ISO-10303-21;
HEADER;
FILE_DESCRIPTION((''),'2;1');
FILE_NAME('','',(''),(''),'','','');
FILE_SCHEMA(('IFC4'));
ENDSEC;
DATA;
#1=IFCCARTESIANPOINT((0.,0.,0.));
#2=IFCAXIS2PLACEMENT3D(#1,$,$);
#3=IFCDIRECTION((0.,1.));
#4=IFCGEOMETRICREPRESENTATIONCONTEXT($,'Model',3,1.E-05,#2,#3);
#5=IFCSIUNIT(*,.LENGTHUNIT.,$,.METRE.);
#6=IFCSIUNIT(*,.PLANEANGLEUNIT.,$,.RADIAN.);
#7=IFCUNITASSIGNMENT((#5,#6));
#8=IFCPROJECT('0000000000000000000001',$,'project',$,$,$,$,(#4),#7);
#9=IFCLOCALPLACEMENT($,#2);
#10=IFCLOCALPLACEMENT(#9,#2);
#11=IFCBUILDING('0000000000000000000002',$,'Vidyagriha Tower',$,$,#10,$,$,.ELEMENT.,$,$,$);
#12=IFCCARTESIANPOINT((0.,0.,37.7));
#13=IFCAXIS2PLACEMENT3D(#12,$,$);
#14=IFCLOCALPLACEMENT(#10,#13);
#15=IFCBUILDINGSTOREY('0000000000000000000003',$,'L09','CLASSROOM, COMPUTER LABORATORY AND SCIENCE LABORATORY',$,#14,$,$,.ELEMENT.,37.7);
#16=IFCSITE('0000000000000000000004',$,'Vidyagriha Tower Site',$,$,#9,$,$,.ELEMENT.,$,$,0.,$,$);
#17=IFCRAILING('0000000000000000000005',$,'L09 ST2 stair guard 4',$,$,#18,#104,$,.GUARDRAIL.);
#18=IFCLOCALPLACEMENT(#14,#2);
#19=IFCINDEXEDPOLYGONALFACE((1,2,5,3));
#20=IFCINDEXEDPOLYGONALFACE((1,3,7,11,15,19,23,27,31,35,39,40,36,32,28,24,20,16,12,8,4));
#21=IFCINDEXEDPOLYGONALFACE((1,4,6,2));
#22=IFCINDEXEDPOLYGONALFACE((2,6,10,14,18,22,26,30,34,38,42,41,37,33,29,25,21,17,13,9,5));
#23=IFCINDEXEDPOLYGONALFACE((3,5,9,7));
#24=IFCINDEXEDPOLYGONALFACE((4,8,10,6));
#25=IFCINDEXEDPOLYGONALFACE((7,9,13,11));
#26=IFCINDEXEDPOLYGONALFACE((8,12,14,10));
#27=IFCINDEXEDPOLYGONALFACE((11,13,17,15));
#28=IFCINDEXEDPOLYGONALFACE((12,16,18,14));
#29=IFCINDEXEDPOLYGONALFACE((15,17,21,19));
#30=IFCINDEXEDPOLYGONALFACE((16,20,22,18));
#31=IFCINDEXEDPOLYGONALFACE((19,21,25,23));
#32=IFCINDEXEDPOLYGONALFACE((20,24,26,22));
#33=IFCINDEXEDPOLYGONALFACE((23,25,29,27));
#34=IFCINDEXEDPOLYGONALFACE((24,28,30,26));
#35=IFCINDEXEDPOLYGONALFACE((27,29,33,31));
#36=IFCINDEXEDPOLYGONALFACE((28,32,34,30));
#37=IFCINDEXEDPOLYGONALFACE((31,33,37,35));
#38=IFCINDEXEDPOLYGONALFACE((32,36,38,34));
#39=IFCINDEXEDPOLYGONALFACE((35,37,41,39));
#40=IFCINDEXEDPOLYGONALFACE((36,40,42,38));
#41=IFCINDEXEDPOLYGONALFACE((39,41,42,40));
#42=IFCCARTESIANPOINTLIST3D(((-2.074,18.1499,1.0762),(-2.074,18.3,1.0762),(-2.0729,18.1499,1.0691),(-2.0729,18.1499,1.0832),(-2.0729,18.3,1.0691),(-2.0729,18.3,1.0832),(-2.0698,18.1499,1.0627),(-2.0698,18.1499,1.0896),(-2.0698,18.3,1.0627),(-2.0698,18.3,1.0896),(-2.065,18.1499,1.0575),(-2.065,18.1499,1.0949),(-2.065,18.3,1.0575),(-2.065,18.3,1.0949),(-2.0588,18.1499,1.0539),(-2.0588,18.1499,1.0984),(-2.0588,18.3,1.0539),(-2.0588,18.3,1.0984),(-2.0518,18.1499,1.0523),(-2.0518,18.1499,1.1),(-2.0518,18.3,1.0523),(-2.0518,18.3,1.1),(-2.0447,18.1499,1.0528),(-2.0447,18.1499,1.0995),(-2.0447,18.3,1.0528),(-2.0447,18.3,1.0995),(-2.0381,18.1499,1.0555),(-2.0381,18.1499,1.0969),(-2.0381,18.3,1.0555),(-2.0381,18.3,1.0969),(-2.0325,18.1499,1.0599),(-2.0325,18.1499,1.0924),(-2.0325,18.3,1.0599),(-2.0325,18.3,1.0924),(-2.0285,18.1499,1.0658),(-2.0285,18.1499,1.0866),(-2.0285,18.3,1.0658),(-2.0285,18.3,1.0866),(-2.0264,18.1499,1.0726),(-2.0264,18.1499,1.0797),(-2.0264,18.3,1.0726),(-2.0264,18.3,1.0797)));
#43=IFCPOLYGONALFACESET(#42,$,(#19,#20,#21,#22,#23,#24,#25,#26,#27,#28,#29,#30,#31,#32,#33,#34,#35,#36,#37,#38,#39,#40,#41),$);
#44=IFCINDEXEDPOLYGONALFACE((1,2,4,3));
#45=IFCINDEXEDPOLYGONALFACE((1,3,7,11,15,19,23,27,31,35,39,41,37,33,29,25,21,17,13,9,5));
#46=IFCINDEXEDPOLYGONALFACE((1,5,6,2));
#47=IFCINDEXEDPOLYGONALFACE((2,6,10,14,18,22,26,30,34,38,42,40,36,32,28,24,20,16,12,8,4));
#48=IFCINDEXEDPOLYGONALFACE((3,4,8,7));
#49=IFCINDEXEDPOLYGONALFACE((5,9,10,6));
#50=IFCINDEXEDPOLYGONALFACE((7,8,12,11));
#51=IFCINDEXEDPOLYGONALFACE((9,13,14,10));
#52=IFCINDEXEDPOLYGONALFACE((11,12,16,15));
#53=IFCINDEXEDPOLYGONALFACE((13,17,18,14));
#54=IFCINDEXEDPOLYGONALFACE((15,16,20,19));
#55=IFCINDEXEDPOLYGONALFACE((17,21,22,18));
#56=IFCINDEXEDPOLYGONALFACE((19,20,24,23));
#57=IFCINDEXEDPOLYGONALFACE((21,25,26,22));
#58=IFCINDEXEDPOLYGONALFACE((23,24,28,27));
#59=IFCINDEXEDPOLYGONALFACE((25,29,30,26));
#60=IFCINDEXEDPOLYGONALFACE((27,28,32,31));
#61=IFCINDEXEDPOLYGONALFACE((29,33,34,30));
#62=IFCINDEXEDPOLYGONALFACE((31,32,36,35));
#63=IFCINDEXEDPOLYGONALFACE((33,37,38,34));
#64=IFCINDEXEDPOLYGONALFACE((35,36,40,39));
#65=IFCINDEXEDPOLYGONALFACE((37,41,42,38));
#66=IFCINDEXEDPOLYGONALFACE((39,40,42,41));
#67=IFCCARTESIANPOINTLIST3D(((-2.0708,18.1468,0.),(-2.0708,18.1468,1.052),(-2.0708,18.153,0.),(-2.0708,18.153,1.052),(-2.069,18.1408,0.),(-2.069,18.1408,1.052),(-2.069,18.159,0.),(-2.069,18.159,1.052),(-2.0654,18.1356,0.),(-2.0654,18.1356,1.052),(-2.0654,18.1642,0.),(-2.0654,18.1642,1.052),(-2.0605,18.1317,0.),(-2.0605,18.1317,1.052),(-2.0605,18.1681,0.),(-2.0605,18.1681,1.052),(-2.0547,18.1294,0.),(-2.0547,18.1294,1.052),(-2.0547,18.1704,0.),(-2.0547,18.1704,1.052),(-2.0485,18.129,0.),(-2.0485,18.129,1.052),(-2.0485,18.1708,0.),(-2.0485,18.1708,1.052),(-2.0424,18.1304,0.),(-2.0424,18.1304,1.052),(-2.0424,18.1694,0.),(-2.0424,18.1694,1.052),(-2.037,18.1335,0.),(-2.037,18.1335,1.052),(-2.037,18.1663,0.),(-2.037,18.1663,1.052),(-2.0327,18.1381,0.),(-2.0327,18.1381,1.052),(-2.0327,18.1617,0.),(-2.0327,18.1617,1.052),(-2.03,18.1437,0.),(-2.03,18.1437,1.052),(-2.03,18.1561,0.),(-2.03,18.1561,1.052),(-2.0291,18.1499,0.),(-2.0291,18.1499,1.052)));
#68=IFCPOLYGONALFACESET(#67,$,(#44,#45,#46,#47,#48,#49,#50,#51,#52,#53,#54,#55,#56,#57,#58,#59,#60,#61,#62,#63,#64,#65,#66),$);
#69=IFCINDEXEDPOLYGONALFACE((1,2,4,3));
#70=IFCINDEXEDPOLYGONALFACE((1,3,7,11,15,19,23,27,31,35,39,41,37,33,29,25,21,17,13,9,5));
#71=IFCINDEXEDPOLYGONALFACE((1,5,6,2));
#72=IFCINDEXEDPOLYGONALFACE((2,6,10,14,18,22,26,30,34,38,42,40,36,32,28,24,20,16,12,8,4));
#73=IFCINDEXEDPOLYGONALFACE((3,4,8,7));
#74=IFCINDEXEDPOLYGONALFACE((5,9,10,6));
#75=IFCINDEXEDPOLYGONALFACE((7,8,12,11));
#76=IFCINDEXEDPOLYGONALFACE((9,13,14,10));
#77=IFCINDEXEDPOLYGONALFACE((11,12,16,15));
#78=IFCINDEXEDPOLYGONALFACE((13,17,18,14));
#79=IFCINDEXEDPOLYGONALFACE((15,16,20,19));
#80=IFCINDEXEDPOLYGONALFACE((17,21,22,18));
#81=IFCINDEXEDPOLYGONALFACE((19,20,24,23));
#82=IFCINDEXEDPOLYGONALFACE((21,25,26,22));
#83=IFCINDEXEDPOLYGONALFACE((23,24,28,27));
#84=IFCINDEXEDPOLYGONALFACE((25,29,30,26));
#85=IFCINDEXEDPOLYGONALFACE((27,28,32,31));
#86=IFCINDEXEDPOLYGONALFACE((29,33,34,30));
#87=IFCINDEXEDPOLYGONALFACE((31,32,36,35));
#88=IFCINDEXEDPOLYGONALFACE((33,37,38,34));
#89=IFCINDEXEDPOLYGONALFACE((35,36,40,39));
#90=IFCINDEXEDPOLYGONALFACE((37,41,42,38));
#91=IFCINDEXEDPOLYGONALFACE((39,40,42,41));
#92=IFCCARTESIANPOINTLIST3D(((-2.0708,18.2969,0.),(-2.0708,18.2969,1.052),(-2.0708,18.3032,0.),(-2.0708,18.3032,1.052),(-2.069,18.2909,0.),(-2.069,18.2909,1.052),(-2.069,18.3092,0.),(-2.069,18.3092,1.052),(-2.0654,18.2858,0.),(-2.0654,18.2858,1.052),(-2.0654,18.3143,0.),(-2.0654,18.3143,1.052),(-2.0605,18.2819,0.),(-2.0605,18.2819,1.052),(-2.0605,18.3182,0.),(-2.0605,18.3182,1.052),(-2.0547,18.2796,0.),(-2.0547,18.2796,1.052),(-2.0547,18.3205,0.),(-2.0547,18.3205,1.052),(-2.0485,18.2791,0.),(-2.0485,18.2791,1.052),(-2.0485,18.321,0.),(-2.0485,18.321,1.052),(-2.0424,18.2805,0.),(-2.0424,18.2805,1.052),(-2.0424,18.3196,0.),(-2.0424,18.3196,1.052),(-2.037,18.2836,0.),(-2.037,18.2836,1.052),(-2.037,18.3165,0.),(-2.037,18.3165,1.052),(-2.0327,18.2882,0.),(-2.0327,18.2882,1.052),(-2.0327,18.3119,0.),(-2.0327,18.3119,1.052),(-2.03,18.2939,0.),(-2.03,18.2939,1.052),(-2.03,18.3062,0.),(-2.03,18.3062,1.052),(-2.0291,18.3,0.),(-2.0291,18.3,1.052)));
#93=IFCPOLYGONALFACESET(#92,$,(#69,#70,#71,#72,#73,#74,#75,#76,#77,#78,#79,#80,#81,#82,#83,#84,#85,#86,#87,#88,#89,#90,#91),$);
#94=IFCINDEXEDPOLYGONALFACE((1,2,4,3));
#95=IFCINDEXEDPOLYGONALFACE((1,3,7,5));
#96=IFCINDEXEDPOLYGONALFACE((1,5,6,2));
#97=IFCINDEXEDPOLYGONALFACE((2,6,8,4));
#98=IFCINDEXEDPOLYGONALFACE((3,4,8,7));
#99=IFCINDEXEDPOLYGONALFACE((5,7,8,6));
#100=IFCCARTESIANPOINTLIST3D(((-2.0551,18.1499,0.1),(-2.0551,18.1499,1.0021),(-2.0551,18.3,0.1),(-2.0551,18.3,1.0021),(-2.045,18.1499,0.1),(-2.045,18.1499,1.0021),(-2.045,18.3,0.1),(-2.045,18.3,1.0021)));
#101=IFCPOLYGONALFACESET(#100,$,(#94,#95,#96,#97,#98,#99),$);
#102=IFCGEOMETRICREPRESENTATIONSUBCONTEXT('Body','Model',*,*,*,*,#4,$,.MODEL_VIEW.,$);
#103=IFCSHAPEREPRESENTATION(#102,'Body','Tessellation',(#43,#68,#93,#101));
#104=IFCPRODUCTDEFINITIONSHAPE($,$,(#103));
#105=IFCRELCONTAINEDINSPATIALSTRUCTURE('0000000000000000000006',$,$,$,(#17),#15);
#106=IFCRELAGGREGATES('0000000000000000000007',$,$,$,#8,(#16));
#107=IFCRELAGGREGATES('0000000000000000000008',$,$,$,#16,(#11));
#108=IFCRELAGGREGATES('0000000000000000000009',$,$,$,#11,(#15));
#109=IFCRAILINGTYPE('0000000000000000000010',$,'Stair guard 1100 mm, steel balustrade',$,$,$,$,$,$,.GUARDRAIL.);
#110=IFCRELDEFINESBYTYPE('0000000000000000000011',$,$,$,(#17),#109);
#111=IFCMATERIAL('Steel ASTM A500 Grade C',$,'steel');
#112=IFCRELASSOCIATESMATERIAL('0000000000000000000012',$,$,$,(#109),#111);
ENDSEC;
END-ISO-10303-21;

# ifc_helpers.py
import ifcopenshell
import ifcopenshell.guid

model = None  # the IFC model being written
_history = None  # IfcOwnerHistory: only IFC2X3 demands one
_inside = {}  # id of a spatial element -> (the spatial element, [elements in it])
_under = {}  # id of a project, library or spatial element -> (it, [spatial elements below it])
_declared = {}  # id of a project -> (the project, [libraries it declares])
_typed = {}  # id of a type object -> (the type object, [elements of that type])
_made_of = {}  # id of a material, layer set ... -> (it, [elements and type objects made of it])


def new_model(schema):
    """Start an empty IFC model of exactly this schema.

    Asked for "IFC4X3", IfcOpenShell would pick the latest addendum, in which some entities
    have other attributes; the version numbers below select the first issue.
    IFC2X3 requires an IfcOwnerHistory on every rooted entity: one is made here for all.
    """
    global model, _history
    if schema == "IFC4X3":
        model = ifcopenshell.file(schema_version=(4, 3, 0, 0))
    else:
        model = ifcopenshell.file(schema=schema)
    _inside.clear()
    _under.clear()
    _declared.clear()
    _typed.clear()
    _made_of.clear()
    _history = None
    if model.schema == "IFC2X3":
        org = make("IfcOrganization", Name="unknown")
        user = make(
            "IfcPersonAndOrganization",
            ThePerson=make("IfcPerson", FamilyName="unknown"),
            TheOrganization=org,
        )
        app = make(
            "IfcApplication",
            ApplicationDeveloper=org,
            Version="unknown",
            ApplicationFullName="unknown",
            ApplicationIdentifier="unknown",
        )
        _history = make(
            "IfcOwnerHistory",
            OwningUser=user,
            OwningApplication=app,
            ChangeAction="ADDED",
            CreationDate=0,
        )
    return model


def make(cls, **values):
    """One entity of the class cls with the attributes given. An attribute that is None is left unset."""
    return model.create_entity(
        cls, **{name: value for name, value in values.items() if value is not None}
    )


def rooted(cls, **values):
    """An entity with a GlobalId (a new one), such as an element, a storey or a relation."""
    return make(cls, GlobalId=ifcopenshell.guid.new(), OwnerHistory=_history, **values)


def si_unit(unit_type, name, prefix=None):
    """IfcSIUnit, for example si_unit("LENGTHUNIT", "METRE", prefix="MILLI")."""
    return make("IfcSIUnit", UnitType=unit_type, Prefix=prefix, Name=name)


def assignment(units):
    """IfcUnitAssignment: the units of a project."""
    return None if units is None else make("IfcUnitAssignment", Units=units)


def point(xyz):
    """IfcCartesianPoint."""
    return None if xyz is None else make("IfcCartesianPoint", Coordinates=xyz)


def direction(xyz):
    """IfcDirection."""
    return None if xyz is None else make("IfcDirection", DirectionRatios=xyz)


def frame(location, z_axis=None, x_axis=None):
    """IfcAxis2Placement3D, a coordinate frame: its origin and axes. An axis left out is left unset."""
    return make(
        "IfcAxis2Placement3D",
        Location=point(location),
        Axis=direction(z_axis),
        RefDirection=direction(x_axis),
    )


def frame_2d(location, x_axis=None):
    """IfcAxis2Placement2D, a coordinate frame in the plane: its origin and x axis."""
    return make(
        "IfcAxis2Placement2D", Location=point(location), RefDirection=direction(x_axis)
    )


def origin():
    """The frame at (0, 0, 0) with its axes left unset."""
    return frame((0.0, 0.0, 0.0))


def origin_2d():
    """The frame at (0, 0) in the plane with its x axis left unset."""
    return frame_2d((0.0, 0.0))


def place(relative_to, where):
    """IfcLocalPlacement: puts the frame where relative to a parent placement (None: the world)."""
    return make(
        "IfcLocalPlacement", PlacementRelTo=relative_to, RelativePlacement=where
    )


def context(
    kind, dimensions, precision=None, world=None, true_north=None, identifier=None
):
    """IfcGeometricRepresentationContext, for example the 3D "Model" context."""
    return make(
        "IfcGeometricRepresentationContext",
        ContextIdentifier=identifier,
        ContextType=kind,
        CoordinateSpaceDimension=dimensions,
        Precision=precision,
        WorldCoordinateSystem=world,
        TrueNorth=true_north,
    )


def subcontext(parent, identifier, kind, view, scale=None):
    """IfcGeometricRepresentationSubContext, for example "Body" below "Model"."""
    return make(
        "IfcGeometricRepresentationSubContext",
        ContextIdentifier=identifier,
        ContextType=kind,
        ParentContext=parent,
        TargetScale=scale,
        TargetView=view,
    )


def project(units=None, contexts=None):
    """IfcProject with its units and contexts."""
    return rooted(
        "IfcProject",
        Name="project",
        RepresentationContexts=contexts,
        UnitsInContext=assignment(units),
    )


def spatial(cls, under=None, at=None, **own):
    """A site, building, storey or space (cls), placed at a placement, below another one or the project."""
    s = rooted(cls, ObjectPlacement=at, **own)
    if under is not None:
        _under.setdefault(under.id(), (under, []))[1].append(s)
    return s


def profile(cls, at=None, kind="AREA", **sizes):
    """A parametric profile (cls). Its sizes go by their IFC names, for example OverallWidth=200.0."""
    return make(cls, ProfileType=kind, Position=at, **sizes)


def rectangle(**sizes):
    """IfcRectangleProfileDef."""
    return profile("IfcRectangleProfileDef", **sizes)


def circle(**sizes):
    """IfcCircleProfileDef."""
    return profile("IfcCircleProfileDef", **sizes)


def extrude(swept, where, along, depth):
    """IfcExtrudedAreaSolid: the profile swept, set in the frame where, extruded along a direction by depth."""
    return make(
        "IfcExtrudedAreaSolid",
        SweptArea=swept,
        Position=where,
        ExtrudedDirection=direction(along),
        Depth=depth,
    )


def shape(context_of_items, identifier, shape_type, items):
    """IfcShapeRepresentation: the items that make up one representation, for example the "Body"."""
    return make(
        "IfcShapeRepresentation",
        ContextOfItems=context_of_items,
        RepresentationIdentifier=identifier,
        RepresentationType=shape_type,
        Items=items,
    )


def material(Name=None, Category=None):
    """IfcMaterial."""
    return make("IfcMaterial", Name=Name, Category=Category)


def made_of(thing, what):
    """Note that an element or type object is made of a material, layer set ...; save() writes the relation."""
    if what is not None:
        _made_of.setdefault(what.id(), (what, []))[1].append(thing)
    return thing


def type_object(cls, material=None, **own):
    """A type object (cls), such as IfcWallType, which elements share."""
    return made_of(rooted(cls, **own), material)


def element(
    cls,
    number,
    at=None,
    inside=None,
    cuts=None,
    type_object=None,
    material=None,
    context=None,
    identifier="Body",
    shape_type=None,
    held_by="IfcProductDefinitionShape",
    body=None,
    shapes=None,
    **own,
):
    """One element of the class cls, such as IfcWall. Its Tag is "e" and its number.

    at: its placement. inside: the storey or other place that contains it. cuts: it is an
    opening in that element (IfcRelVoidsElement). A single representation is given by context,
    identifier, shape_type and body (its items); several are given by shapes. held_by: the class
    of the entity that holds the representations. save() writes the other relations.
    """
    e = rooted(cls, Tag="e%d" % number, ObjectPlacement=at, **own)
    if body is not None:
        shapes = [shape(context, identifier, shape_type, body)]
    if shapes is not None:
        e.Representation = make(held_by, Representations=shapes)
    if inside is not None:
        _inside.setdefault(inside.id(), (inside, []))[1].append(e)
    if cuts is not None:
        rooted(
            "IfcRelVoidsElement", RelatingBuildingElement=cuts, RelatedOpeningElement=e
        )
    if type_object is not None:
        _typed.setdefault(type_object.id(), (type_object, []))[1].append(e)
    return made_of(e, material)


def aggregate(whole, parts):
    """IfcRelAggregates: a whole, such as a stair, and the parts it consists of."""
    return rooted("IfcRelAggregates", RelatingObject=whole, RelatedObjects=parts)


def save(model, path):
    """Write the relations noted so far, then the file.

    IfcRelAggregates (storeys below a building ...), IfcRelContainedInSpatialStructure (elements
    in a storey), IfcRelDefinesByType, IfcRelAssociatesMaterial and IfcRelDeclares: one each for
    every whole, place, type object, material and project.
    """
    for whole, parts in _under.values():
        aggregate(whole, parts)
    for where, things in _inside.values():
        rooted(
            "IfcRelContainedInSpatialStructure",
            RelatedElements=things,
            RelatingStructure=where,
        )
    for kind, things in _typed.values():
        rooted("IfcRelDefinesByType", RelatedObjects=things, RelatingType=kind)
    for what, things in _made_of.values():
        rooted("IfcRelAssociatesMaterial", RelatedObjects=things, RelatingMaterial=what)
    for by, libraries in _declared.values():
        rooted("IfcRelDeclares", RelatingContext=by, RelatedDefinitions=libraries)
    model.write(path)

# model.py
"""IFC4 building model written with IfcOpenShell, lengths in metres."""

from ifc_helpers import new_model, si_unit, direction, frame, origin, origin_2d, place, context, subcontext, project, spatial, rectangle, circle, extrude, material, type_object, element, save


model = new_model("IFC4")

# Units and contexts
model_context = context("Model", 3, precision=1e-05, world=origin(), true_north=direction((0.0, 1.0)))
body_context = subcontext(model_context, "Body", "Model", "MODEL_VIEW")
ifc_project = project(units=[si_unit("LENGTHUNIT", "METRE"), si_unit("PLANEANGLEUNIT", "RADIAN")], contexts=[model_context])

# Site, building, storey
site_placement = place(None, origin())
site = spatial("IfcSite", under=ifc_project, at=site_placement, Name="Vidyagriha Tower Site", CompositionType="ELEMENT", RefElevation=0.0)
building_placement = place(site_placement, origin())
building = spatial("IfcBuilding", under=site, at=building_placement, Name="Vidyagriha Tower", CompositionType="ELEMENT")
storey_placement = place(building_placement, frame((0.0, 0.0, 37.7)))
storey = spatial("IfcBuildingStorey", under=building, at=storey_placement, Name="L09", Description="CLASSROOM, COMPUTER LABORATORY AND SCIENCE LABORATORY", CompositionType="ELEMENT", Elevation=37.7)

# Railing
ifc_material_1 = material(Name="Steel ASTM A500 Grade C", Category="steel")
railing_type_1 = type_object("IfcRailingType", Name="Stair guard 1100 mm, steel balustrade", PredefinedType="GUARDRAIL", material=ifc_material_1)
railing_1_placement = place(storey_placement, frame((-2.05, 18.1499, 0.0)))
element("IfcRailing", 1, at=railing_1_placement, inside=storey, type_object=railing_type_1, Name="L09 ST2 stair guard 4", PredefinedType="GUARDRAIL", context=body_context, shape_type="SweptSolid", body=[
    extrude(circle(Radius=0.0239, at=origin_2d()), frame((0.0, 0.0, 1.0762), z_axis=(0.0, 1.0, 0.0), x_axis=(-1.0, 0.0, 0.0)), (0.0, 0.0, 1.0), 0.1501),
    extrude(circle(Radius=0.021, at=origin_2d()), origin(), (0.0, 0.0, 1.0), 1.052),
    extrude(circle(Radius=0.021, at=origin_2d()), frame((0.0, 0.1501, 0.0)), (0.0, 0.0, 1.0), 1.052),
    extrude(rectangle(XDim=0.01, YDim=0.9021, at=origin_2d()), frame((0.0, 0.0, 0.551), z_axis=(0.0, 1.0, 0.0), x_axis=(-1.0, 0.0, 0.0)), (0.0, 0.0, 1.0), 0.1501),
])

save(model, "model.ifc")
